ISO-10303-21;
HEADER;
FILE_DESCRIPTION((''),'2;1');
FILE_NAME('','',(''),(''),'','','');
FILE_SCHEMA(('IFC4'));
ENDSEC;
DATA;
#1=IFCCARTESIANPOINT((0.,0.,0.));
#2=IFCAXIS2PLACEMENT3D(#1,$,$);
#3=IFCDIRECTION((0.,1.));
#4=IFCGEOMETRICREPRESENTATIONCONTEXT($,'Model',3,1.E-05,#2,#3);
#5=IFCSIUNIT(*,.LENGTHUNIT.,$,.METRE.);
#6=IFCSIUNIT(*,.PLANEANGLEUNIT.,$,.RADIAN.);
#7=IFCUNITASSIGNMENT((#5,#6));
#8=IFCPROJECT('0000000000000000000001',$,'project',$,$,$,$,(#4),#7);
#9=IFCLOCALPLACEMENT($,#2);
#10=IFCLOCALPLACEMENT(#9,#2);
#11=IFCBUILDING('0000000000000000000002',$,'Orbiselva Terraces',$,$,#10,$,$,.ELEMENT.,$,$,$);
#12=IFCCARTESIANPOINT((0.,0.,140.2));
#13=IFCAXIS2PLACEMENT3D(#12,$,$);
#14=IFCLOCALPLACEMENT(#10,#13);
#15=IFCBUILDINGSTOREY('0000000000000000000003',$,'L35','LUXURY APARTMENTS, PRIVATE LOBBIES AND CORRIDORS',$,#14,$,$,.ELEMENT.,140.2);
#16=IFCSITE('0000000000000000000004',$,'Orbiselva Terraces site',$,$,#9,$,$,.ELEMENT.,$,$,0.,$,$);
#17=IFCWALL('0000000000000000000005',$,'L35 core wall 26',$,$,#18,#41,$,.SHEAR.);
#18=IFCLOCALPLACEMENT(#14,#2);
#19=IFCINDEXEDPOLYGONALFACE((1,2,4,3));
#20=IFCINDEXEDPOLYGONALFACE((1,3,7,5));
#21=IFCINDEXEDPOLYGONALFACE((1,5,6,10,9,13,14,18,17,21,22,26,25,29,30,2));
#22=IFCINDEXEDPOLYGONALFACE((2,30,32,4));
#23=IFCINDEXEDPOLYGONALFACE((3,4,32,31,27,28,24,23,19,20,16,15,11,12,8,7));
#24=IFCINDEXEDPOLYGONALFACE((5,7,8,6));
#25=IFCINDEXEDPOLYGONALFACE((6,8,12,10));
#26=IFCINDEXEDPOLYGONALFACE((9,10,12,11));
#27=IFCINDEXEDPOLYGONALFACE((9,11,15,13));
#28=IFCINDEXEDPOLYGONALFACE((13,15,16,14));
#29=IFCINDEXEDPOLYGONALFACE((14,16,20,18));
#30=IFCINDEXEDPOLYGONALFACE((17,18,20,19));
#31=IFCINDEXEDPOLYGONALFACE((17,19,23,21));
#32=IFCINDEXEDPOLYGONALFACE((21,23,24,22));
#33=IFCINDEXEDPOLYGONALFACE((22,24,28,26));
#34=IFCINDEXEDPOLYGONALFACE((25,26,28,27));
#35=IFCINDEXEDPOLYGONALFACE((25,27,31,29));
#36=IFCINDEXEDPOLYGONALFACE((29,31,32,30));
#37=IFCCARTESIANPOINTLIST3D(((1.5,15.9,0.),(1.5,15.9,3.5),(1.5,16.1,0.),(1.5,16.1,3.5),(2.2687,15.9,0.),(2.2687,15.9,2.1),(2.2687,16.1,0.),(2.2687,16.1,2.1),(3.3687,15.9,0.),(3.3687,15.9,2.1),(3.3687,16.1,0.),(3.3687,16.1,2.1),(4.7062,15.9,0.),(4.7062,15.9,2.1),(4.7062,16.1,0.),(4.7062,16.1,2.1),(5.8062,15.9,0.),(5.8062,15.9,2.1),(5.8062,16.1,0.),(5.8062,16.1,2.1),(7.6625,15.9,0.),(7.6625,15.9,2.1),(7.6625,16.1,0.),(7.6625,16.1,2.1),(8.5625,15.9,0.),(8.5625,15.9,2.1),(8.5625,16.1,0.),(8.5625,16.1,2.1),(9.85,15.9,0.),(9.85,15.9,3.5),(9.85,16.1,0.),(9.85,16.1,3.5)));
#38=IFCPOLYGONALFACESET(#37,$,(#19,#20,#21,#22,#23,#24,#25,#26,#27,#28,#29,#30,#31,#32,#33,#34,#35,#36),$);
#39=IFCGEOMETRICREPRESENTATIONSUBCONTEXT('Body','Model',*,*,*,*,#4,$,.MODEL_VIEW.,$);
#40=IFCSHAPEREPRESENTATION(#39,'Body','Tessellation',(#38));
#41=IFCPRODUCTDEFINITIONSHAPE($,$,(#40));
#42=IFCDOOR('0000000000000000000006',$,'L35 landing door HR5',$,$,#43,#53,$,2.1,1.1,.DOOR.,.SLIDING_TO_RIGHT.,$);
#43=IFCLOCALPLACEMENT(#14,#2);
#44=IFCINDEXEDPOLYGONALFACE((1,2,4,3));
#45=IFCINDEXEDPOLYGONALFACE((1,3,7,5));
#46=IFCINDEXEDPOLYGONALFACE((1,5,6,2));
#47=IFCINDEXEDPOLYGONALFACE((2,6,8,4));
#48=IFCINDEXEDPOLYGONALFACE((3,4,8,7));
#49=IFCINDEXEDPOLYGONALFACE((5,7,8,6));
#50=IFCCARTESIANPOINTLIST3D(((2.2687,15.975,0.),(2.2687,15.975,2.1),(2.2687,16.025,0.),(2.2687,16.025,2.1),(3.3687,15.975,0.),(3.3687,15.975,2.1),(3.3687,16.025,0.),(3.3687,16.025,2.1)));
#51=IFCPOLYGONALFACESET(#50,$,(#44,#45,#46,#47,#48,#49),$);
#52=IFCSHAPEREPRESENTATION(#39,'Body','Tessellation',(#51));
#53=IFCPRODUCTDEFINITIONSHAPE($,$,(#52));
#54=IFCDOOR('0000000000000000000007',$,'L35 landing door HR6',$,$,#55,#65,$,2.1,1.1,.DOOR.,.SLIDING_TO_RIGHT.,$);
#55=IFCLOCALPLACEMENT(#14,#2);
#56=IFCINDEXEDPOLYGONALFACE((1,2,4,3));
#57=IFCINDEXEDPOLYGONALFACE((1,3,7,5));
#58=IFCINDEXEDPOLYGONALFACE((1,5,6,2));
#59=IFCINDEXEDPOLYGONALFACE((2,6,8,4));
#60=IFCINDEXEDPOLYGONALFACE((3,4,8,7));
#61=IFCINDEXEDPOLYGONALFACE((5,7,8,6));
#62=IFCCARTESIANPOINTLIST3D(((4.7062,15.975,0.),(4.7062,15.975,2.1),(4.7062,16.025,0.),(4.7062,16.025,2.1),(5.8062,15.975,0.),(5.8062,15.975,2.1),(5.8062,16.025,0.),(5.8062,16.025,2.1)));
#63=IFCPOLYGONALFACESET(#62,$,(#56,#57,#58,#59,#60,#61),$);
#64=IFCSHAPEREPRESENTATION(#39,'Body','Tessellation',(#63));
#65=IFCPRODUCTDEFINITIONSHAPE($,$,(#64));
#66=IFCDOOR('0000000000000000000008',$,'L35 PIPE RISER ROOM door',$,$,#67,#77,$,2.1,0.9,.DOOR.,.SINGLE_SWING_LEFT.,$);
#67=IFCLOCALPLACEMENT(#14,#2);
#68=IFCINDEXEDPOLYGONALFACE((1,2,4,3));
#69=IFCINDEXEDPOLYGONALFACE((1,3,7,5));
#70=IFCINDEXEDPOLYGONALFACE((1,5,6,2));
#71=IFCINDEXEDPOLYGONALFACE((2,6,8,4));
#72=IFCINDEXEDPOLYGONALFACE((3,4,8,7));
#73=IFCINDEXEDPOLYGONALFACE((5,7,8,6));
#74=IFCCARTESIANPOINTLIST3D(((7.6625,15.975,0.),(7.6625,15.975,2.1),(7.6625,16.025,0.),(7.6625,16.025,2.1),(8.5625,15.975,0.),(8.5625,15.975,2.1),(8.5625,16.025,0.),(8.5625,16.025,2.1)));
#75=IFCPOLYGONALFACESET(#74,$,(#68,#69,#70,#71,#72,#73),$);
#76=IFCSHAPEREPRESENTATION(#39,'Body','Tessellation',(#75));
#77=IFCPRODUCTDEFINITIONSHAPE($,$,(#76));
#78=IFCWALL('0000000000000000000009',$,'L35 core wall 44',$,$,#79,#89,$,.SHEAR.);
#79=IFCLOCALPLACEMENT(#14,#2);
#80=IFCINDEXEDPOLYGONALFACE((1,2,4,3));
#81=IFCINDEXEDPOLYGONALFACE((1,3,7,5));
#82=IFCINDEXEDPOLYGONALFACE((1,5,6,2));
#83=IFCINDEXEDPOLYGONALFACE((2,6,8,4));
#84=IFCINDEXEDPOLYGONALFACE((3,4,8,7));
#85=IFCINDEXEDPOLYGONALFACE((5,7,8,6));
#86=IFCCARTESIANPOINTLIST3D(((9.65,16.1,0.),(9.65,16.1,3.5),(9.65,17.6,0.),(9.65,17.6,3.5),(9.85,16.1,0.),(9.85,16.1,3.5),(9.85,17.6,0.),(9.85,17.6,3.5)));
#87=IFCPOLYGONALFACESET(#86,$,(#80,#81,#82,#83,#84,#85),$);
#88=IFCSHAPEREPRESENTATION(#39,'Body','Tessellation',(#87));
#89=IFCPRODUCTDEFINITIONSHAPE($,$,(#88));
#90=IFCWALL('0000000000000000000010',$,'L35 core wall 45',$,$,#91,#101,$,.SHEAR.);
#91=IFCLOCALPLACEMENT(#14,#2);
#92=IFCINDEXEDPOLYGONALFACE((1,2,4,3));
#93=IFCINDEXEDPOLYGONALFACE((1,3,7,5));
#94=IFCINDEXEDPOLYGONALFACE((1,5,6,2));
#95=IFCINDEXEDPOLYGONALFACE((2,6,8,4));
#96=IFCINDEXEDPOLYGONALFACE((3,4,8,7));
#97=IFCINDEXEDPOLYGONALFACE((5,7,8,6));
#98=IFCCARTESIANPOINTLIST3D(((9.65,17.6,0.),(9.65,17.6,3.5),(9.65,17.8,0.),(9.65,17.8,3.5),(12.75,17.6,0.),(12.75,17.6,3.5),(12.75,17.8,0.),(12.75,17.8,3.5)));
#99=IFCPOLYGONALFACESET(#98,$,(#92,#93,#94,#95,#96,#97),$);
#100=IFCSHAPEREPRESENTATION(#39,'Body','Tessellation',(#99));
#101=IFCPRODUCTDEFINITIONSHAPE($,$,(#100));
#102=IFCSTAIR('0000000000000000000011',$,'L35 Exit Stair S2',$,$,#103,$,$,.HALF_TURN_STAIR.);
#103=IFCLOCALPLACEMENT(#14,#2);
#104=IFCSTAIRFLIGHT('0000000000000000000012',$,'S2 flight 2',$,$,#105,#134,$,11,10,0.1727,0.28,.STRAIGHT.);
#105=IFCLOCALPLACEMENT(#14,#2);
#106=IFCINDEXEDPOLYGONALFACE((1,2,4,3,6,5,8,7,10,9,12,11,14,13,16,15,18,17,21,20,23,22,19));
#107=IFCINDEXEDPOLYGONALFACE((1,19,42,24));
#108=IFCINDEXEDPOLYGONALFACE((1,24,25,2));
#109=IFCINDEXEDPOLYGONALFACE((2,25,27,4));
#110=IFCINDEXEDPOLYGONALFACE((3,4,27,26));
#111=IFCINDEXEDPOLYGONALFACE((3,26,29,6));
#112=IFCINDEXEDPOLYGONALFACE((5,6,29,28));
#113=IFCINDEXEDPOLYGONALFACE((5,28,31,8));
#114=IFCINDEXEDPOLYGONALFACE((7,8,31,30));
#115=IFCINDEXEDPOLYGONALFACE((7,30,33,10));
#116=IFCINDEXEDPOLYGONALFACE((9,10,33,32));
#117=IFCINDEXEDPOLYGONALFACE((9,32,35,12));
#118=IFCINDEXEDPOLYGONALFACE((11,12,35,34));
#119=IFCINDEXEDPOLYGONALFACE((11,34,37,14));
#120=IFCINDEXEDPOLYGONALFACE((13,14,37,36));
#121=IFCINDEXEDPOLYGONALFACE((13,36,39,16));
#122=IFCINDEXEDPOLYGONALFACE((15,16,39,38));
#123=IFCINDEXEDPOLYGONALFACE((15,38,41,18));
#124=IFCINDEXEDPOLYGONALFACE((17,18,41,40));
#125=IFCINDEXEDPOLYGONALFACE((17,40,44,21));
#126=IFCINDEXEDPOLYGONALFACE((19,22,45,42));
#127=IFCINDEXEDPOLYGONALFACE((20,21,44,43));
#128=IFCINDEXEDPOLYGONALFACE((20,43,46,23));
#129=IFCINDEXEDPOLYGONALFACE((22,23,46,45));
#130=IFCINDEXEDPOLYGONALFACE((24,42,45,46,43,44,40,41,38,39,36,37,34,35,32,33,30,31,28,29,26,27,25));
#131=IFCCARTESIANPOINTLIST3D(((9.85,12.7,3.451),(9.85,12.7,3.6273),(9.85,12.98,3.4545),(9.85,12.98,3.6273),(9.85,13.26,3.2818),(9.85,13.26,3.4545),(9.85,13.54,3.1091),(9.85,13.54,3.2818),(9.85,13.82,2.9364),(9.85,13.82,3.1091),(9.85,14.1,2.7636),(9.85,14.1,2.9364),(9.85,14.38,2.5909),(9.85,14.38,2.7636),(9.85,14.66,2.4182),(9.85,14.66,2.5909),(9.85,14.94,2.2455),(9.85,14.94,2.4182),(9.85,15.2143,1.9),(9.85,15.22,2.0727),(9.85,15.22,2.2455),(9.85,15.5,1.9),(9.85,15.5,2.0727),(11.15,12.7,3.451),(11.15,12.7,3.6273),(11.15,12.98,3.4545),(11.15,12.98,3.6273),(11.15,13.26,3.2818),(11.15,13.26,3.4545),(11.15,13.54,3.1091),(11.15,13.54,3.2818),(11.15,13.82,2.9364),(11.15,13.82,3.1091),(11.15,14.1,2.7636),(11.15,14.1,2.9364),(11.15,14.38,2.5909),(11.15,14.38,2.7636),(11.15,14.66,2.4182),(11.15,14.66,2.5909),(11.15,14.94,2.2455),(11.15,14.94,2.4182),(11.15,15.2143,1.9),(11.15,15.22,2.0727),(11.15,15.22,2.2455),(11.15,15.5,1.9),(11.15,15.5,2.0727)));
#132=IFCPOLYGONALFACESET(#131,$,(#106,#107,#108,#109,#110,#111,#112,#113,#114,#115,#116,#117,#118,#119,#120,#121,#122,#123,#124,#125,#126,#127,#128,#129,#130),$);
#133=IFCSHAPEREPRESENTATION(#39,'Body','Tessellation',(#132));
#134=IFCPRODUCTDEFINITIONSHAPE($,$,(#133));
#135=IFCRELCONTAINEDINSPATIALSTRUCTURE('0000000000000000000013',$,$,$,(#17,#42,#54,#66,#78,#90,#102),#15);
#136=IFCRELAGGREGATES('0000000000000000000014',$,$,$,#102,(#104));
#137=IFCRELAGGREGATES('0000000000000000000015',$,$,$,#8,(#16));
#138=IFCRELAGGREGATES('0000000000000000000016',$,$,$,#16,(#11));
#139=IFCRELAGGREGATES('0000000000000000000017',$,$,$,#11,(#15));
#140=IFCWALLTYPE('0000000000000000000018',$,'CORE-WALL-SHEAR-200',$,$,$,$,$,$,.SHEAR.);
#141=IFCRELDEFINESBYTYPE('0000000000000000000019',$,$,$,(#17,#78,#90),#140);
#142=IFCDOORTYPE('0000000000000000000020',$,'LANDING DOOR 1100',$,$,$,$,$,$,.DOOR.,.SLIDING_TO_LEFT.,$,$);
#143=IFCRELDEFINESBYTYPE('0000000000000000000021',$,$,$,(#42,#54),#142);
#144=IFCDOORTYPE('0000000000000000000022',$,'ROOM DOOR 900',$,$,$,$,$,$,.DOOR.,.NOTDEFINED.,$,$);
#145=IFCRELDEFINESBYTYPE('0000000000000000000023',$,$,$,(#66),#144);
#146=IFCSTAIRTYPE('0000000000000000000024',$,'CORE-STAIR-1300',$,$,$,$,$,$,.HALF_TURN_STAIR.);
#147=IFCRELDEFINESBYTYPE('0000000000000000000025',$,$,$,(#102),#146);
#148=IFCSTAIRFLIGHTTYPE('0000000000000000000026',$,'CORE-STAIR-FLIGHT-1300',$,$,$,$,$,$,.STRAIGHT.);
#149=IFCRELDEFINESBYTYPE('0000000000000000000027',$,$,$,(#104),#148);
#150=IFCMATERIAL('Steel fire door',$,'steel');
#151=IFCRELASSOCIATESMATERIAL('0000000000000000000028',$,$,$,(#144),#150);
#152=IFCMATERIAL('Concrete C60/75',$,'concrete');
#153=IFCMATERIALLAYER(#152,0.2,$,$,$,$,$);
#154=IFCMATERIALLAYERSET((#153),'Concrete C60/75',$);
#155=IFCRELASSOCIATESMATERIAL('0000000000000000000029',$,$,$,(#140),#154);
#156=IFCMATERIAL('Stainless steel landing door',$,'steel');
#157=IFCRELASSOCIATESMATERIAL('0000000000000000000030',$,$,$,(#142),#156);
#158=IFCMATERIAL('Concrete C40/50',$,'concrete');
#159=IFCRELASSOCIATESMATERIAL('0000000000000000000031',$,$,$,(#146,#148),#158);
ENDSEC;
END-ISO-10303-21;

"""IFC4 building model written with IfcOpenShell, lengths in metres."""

from ifc_helpers import new_model, si_unit, direction, frame, frame_2d, origin, place, context, subcontext, project, spatial, polyline, rectangle, outline, extrude, material, layer, layer_set, type_object, element, fill, aggregate, save


model = new_model("IFC4")

# Units and contexts
model_context = context("Model", 3, precision=1e-05, world=origin(), true_north=direction((0.0, 1.0)))
body_context = subcontext(model_context, "Body", "Model", "MODEL_VIEW")
ifc_project = project(units=[si_unit("LENGTHUNIT", "METRE"), si_unit("PLANEANGLEUNIT", "RADIAN")], contexts=[model_context])

# Site, building, storey
site_placement = place(None, origin())
site = spatial("IfcSite", under=ifc_project, at=site_placement, Name="Orbiselva Terraces site", CompositionType="ELEMENT", RefElevation=0.0)
building_placement = place(site_placement, origin())
building = spatial("IfcBuilding", under=site, at=building_placement, Name="Orbiselva Terraces", CompositionType="ELEMENT")
storey_placement = place(building_placement, frame((0.0, 0.0, 140.2)))
storey = spatial("IfcBuildingStorey", under=building, at=storey_placement, Name="L35", Description="LUXURY APARTMENTS, PRIVATE LOBBIES AND CORRIDORS", CompositionType="ELEMENT", Elevation=140.2)

# Shared definitions
ifc_material_1 = material(Name="Steel fire door", Category="steel")
door_type_1 = type_object("IfcDoorType", Name="ROOM DOOR 900", OperationType="NOTDEFINED", PredefinedType="DOOR", material=ifc_material_1)

# Shared definitions
ifc_material_2 = material(Name="Concrete C40/50", Category="concrete")
ifc_material_3 = material(Name="Concrete C60/75", Category="concrete")
ifc_layer_1 = layer(ifc_material_3, 0.2)
ifc_layer_set_1 = layer_set([ifc_layer_1], Name="Concrete C60/75")
wall_type_1 = type_object("IfcWallType", Name="CORE-WALL-SHEAR-200", PredefinedType="SHEAR", material=ifc_layer_set_1)

# Wall, openings, doors
wall_1_placement = place(storey_placement, frame((9.85, 16.0, 0.0), z_axis=(0.0, 0.0, 1.0), x_axis=(-1.0, 0.0, 0.0)))
wall_1 = element("IfcWall", 1, at=wall_1_placement, inside=storey, type_object=wall_type_1, Name="L35 core wall 26", PredefinedType="SHEAR", context=body_context, shape_type="SweptSolid", body=[
    extrude(rectangle(XDim=8.35, YDim=0.2, at=frame_2d((4.175, 0.0))), origin(), (0.0, 0.0, 1.0), 3.5),
])
opening_1_placement = place(wall_1_placement, frame((6.4813, 0.0, 0.0)))
opening_1 = element("IfcOpeningElement", 2, at=opening_1_placement, cuts=wall_1, PredefinedType="OPENING", context=body_context, shape_type="SweptSolid", body=[
    extrude(rectangle(XDim=1.1, YDim=2.1, at=frame_2d((0.55, 1.05))), frame((0.0, 0.11, 0.0), z_axis=(0.0, -1.0, 0.0), x_axis=(1.0, 0.0, 0.0)), (0.0, 0.0, 1.0), 0.22),
])
opening_2_placement = place(wall_1_placement, frame((4.0438, 0.0, 0.0)))
opening_2 = element("IfcOpeningElement", 3, at=opening_2_placement, cuts=wall_1, PredefinedType="OPENING", context=body_context, shape_type="SweptSolid", body=[
    extrude(rectangle(XDim=1.1, YDim=2.1, at=frame_2d((0.55, 1.05))), frame((0.0, 0.11, 0.0), z_axis=(0.0, -1.0, 0.0), x_axis=(1.0, 0.0, 0.0)), (0.0, 0.0, 1.0), 0.22),
])
opening_3_placement = place(wall_1_placement, frame((1.2875, 0.0, 0.0)))
opening_3 = element("IfcOpeningElement", 4, at=opening_3_placement, cuts=wall_1, PredefinedType="OPENING", context=body_context, shape_type="SweptSolid", body=[
    extrude(rectangle(XDim=0.9, YDim=2.1, at=frame_2d((0.45, 1.05))), frame((0.0, 0.11, 0.0), z_axis=(0.0, -1.0, 0.0), x_axis=(1.0, 0.0, 0.0)), (0.0, 0.0, 1.0), 0.22),
])
ifc_material_4 = material(Name="Stainless steel landing door", Category="steel")
door_type_2 = type_object("IfcDoorType", Name="LANDING DOOR 1100", OperationType="SLIDING_TO_LEFT", PredefinedType="DOOR", material=ifc_material_4)
door_1_placement = place(opening_1_placement, origin())
door_1 = element("IfcDoor", 5, at=door_1_placement, inside=storey, type_object=door_type_2, Name="L35 landing door HR5", OperationType="SLIDING_TO_RIGHT", OverallHeight=2.1, OverallWidth=1.1, PredefinedType="DOOR", context=body_context, shape_type="SweptSolid", body=[
    extrude(rectangle(XDim=1.1, YDim=2.1, at=frame_2d((0.55, 1.05))), frame((0.0, 0.025, 0.0), z_axis=(0.0, -1.0, 0.0), x_axis=(1.0, 0.0, 0.0)), (0.0, 0.0, 1.0), 0.05),
])
fill(opening_1, door_1)
door_2_placement = place(opening_2_placement, origin())
door_2 = element("IfcDoor", 6, at=door_2_placement, inside=storey, type_object=door_type_2, Name="L35 landing door HR6", OperationType="SLIDING_TO_RIGHT", OverallHeight=2.1, OverallWidth=1.1, PredefinedType="DOOR", context=body_context, shape_type="SweptSolid", body=[
    extrude(rectangle(XDim=1.1, YDim=2.1, at=frame_2d((0.55, 1.05))), frame((0.0, 0.025, 0.0), z_axis=(0.0, -1.0, 0.0), x_axis=(1.0, 0.0, 0.0)), (0.0, 0.0, 1.0), 0.05),
])
fill(opening_2, door_2)
door_3_placement = place(opening_3_placement, origin())
door_3 = element("IfcDoor", 7, at=door_3_placement, inside=storey, type_object=door_type_1, Name="L35 PIPE RISER ROOM door", OperationType="SINGLE_SWING_LEFT", OverallHeight=2.1, OverallWidth=0.9, PredefinedType="DOOR", context=body_context, shape_type="SweptSolid", body=[
    extrude(rectangle(XDim=0.9, YDim=2.1, at=frame_2d((0.45, 1.05))), frame((0.0, 0.025, 0.0), z_axis=(0.0, -1.0, 0.0), x_axis=(1.0, 0.0, 0.0)), (0.0, 0.0, 1.0), 0.05),
])
fill(opening_3, door_3)

# Walls
wall_2_placement = place(storey_placement, frame((9.75, 16.1, 0.0), z_axis=(0.0, 0.0, 1.0), x_axis=(0.0, 1.0, 0.0)))
element("IfcWall", 8, at=wall_2_placement, inside=storey, type_object=wall_type_1, Name="L35 core wall 44", PredefinedType="SHEAR", context=body_context, shape_type="SweptSolid", body=[
    extrude(rectangle(XDim=1.5, YDim=0.2, at=frame_2d((0.75, 0.0))), origin(), (0.0, 0.0, 1.0), 3.5),
])
wall_3_placement = place(storey_placement, frame((9.65, 17.7, 0.0), z_axis=(0.0, 0.0, 1.0), x_axis=(1.0, 0.0, 0.0)))
element("IfcWall", 9, at=wall_3_placement, inside=storey, type_object=wall_type_1, Name="L35 core wall 45", PredefinedType="SHEAR", context=body_context, shape_type="SweptSolid", body=[
    extrude(rectangle(XDim=3.1, YDim=0.2, at=frame_2d((1.55, 0.0))), origin(), (0.0, 0.0, 1.0), 3.5),
])

# Stair, stair flight
stair_type = type_object("IfcStairType", Name="CORE-STAIR-1300", PredefinedType="HALF_TURN_STAIR", material=ifc_material_2)
stair_placement = place(storey_placement, origin())
stair = element("IfcStair", 10, at=stair_placement, inside=storey, type_object=stair_type, Name="L35 Exit Stair S2", PredefinedType="HALF_TURN_STAIR")
stair_flight_type = type_object("IfcStairFlightType", Name="CORE-STAIR-FLIGHT-1300", PredefinedType="STRAIGHT", material=ifc_material_2)
stair_flight_placement = place(storey_placement, frame((10.5, 15.5, 1.9), z_axis=(0.0, 0.0, 1.0), x_axis=(0.0, -1.0, 0.0)))
stair_flight = element("IfcStairFlight", 11, at=stair_flight_placement, type_object=stair_flight_type, Name="S2 flight 2", NumberOfRisers=11, NumberOfTreads=10, PredefinedType="STRAIGHT", RiserHeight=0.1727, TreadLength=0.28, context=body_context, shape_type="SweptSolid", body=[
    extrude(outline(polyline([(0.0, 0.0), (0.0, 0.1727), (0.28, 0.1727), (0.28, 0.3455), (0.56, 0.3455), (0.56, 0.5182), (0.84, 0.5182), (0.84, 0.6909), (1.12, 0.6909), (1.12, 0.8636), (1.4, 0.8636), (1.4, 1.0364), (1.68, 1.0364), (1.68, 1.2091), (1.96, 1.2091), (1.96, 1.3818), (2.24, 1.3818), (2.24, 1.5545), (2.52, 1.5545), (2.52, 1.7273), (2.8, 1.7273), (2.8, 1.9), (2.8, 1.551), (0.2857, 0.0), (0.0, 0.0)])), frame((0.0, 0.65, 0.0), z_axis=(0.0, -1.0, 0.0), x_axis=(1.0, 0.0, 0.0)), (0.0, 0.0, 1.0), 1.3),
])
aggregate(stair, [stair_flight])

save(model, "model.ifc")
